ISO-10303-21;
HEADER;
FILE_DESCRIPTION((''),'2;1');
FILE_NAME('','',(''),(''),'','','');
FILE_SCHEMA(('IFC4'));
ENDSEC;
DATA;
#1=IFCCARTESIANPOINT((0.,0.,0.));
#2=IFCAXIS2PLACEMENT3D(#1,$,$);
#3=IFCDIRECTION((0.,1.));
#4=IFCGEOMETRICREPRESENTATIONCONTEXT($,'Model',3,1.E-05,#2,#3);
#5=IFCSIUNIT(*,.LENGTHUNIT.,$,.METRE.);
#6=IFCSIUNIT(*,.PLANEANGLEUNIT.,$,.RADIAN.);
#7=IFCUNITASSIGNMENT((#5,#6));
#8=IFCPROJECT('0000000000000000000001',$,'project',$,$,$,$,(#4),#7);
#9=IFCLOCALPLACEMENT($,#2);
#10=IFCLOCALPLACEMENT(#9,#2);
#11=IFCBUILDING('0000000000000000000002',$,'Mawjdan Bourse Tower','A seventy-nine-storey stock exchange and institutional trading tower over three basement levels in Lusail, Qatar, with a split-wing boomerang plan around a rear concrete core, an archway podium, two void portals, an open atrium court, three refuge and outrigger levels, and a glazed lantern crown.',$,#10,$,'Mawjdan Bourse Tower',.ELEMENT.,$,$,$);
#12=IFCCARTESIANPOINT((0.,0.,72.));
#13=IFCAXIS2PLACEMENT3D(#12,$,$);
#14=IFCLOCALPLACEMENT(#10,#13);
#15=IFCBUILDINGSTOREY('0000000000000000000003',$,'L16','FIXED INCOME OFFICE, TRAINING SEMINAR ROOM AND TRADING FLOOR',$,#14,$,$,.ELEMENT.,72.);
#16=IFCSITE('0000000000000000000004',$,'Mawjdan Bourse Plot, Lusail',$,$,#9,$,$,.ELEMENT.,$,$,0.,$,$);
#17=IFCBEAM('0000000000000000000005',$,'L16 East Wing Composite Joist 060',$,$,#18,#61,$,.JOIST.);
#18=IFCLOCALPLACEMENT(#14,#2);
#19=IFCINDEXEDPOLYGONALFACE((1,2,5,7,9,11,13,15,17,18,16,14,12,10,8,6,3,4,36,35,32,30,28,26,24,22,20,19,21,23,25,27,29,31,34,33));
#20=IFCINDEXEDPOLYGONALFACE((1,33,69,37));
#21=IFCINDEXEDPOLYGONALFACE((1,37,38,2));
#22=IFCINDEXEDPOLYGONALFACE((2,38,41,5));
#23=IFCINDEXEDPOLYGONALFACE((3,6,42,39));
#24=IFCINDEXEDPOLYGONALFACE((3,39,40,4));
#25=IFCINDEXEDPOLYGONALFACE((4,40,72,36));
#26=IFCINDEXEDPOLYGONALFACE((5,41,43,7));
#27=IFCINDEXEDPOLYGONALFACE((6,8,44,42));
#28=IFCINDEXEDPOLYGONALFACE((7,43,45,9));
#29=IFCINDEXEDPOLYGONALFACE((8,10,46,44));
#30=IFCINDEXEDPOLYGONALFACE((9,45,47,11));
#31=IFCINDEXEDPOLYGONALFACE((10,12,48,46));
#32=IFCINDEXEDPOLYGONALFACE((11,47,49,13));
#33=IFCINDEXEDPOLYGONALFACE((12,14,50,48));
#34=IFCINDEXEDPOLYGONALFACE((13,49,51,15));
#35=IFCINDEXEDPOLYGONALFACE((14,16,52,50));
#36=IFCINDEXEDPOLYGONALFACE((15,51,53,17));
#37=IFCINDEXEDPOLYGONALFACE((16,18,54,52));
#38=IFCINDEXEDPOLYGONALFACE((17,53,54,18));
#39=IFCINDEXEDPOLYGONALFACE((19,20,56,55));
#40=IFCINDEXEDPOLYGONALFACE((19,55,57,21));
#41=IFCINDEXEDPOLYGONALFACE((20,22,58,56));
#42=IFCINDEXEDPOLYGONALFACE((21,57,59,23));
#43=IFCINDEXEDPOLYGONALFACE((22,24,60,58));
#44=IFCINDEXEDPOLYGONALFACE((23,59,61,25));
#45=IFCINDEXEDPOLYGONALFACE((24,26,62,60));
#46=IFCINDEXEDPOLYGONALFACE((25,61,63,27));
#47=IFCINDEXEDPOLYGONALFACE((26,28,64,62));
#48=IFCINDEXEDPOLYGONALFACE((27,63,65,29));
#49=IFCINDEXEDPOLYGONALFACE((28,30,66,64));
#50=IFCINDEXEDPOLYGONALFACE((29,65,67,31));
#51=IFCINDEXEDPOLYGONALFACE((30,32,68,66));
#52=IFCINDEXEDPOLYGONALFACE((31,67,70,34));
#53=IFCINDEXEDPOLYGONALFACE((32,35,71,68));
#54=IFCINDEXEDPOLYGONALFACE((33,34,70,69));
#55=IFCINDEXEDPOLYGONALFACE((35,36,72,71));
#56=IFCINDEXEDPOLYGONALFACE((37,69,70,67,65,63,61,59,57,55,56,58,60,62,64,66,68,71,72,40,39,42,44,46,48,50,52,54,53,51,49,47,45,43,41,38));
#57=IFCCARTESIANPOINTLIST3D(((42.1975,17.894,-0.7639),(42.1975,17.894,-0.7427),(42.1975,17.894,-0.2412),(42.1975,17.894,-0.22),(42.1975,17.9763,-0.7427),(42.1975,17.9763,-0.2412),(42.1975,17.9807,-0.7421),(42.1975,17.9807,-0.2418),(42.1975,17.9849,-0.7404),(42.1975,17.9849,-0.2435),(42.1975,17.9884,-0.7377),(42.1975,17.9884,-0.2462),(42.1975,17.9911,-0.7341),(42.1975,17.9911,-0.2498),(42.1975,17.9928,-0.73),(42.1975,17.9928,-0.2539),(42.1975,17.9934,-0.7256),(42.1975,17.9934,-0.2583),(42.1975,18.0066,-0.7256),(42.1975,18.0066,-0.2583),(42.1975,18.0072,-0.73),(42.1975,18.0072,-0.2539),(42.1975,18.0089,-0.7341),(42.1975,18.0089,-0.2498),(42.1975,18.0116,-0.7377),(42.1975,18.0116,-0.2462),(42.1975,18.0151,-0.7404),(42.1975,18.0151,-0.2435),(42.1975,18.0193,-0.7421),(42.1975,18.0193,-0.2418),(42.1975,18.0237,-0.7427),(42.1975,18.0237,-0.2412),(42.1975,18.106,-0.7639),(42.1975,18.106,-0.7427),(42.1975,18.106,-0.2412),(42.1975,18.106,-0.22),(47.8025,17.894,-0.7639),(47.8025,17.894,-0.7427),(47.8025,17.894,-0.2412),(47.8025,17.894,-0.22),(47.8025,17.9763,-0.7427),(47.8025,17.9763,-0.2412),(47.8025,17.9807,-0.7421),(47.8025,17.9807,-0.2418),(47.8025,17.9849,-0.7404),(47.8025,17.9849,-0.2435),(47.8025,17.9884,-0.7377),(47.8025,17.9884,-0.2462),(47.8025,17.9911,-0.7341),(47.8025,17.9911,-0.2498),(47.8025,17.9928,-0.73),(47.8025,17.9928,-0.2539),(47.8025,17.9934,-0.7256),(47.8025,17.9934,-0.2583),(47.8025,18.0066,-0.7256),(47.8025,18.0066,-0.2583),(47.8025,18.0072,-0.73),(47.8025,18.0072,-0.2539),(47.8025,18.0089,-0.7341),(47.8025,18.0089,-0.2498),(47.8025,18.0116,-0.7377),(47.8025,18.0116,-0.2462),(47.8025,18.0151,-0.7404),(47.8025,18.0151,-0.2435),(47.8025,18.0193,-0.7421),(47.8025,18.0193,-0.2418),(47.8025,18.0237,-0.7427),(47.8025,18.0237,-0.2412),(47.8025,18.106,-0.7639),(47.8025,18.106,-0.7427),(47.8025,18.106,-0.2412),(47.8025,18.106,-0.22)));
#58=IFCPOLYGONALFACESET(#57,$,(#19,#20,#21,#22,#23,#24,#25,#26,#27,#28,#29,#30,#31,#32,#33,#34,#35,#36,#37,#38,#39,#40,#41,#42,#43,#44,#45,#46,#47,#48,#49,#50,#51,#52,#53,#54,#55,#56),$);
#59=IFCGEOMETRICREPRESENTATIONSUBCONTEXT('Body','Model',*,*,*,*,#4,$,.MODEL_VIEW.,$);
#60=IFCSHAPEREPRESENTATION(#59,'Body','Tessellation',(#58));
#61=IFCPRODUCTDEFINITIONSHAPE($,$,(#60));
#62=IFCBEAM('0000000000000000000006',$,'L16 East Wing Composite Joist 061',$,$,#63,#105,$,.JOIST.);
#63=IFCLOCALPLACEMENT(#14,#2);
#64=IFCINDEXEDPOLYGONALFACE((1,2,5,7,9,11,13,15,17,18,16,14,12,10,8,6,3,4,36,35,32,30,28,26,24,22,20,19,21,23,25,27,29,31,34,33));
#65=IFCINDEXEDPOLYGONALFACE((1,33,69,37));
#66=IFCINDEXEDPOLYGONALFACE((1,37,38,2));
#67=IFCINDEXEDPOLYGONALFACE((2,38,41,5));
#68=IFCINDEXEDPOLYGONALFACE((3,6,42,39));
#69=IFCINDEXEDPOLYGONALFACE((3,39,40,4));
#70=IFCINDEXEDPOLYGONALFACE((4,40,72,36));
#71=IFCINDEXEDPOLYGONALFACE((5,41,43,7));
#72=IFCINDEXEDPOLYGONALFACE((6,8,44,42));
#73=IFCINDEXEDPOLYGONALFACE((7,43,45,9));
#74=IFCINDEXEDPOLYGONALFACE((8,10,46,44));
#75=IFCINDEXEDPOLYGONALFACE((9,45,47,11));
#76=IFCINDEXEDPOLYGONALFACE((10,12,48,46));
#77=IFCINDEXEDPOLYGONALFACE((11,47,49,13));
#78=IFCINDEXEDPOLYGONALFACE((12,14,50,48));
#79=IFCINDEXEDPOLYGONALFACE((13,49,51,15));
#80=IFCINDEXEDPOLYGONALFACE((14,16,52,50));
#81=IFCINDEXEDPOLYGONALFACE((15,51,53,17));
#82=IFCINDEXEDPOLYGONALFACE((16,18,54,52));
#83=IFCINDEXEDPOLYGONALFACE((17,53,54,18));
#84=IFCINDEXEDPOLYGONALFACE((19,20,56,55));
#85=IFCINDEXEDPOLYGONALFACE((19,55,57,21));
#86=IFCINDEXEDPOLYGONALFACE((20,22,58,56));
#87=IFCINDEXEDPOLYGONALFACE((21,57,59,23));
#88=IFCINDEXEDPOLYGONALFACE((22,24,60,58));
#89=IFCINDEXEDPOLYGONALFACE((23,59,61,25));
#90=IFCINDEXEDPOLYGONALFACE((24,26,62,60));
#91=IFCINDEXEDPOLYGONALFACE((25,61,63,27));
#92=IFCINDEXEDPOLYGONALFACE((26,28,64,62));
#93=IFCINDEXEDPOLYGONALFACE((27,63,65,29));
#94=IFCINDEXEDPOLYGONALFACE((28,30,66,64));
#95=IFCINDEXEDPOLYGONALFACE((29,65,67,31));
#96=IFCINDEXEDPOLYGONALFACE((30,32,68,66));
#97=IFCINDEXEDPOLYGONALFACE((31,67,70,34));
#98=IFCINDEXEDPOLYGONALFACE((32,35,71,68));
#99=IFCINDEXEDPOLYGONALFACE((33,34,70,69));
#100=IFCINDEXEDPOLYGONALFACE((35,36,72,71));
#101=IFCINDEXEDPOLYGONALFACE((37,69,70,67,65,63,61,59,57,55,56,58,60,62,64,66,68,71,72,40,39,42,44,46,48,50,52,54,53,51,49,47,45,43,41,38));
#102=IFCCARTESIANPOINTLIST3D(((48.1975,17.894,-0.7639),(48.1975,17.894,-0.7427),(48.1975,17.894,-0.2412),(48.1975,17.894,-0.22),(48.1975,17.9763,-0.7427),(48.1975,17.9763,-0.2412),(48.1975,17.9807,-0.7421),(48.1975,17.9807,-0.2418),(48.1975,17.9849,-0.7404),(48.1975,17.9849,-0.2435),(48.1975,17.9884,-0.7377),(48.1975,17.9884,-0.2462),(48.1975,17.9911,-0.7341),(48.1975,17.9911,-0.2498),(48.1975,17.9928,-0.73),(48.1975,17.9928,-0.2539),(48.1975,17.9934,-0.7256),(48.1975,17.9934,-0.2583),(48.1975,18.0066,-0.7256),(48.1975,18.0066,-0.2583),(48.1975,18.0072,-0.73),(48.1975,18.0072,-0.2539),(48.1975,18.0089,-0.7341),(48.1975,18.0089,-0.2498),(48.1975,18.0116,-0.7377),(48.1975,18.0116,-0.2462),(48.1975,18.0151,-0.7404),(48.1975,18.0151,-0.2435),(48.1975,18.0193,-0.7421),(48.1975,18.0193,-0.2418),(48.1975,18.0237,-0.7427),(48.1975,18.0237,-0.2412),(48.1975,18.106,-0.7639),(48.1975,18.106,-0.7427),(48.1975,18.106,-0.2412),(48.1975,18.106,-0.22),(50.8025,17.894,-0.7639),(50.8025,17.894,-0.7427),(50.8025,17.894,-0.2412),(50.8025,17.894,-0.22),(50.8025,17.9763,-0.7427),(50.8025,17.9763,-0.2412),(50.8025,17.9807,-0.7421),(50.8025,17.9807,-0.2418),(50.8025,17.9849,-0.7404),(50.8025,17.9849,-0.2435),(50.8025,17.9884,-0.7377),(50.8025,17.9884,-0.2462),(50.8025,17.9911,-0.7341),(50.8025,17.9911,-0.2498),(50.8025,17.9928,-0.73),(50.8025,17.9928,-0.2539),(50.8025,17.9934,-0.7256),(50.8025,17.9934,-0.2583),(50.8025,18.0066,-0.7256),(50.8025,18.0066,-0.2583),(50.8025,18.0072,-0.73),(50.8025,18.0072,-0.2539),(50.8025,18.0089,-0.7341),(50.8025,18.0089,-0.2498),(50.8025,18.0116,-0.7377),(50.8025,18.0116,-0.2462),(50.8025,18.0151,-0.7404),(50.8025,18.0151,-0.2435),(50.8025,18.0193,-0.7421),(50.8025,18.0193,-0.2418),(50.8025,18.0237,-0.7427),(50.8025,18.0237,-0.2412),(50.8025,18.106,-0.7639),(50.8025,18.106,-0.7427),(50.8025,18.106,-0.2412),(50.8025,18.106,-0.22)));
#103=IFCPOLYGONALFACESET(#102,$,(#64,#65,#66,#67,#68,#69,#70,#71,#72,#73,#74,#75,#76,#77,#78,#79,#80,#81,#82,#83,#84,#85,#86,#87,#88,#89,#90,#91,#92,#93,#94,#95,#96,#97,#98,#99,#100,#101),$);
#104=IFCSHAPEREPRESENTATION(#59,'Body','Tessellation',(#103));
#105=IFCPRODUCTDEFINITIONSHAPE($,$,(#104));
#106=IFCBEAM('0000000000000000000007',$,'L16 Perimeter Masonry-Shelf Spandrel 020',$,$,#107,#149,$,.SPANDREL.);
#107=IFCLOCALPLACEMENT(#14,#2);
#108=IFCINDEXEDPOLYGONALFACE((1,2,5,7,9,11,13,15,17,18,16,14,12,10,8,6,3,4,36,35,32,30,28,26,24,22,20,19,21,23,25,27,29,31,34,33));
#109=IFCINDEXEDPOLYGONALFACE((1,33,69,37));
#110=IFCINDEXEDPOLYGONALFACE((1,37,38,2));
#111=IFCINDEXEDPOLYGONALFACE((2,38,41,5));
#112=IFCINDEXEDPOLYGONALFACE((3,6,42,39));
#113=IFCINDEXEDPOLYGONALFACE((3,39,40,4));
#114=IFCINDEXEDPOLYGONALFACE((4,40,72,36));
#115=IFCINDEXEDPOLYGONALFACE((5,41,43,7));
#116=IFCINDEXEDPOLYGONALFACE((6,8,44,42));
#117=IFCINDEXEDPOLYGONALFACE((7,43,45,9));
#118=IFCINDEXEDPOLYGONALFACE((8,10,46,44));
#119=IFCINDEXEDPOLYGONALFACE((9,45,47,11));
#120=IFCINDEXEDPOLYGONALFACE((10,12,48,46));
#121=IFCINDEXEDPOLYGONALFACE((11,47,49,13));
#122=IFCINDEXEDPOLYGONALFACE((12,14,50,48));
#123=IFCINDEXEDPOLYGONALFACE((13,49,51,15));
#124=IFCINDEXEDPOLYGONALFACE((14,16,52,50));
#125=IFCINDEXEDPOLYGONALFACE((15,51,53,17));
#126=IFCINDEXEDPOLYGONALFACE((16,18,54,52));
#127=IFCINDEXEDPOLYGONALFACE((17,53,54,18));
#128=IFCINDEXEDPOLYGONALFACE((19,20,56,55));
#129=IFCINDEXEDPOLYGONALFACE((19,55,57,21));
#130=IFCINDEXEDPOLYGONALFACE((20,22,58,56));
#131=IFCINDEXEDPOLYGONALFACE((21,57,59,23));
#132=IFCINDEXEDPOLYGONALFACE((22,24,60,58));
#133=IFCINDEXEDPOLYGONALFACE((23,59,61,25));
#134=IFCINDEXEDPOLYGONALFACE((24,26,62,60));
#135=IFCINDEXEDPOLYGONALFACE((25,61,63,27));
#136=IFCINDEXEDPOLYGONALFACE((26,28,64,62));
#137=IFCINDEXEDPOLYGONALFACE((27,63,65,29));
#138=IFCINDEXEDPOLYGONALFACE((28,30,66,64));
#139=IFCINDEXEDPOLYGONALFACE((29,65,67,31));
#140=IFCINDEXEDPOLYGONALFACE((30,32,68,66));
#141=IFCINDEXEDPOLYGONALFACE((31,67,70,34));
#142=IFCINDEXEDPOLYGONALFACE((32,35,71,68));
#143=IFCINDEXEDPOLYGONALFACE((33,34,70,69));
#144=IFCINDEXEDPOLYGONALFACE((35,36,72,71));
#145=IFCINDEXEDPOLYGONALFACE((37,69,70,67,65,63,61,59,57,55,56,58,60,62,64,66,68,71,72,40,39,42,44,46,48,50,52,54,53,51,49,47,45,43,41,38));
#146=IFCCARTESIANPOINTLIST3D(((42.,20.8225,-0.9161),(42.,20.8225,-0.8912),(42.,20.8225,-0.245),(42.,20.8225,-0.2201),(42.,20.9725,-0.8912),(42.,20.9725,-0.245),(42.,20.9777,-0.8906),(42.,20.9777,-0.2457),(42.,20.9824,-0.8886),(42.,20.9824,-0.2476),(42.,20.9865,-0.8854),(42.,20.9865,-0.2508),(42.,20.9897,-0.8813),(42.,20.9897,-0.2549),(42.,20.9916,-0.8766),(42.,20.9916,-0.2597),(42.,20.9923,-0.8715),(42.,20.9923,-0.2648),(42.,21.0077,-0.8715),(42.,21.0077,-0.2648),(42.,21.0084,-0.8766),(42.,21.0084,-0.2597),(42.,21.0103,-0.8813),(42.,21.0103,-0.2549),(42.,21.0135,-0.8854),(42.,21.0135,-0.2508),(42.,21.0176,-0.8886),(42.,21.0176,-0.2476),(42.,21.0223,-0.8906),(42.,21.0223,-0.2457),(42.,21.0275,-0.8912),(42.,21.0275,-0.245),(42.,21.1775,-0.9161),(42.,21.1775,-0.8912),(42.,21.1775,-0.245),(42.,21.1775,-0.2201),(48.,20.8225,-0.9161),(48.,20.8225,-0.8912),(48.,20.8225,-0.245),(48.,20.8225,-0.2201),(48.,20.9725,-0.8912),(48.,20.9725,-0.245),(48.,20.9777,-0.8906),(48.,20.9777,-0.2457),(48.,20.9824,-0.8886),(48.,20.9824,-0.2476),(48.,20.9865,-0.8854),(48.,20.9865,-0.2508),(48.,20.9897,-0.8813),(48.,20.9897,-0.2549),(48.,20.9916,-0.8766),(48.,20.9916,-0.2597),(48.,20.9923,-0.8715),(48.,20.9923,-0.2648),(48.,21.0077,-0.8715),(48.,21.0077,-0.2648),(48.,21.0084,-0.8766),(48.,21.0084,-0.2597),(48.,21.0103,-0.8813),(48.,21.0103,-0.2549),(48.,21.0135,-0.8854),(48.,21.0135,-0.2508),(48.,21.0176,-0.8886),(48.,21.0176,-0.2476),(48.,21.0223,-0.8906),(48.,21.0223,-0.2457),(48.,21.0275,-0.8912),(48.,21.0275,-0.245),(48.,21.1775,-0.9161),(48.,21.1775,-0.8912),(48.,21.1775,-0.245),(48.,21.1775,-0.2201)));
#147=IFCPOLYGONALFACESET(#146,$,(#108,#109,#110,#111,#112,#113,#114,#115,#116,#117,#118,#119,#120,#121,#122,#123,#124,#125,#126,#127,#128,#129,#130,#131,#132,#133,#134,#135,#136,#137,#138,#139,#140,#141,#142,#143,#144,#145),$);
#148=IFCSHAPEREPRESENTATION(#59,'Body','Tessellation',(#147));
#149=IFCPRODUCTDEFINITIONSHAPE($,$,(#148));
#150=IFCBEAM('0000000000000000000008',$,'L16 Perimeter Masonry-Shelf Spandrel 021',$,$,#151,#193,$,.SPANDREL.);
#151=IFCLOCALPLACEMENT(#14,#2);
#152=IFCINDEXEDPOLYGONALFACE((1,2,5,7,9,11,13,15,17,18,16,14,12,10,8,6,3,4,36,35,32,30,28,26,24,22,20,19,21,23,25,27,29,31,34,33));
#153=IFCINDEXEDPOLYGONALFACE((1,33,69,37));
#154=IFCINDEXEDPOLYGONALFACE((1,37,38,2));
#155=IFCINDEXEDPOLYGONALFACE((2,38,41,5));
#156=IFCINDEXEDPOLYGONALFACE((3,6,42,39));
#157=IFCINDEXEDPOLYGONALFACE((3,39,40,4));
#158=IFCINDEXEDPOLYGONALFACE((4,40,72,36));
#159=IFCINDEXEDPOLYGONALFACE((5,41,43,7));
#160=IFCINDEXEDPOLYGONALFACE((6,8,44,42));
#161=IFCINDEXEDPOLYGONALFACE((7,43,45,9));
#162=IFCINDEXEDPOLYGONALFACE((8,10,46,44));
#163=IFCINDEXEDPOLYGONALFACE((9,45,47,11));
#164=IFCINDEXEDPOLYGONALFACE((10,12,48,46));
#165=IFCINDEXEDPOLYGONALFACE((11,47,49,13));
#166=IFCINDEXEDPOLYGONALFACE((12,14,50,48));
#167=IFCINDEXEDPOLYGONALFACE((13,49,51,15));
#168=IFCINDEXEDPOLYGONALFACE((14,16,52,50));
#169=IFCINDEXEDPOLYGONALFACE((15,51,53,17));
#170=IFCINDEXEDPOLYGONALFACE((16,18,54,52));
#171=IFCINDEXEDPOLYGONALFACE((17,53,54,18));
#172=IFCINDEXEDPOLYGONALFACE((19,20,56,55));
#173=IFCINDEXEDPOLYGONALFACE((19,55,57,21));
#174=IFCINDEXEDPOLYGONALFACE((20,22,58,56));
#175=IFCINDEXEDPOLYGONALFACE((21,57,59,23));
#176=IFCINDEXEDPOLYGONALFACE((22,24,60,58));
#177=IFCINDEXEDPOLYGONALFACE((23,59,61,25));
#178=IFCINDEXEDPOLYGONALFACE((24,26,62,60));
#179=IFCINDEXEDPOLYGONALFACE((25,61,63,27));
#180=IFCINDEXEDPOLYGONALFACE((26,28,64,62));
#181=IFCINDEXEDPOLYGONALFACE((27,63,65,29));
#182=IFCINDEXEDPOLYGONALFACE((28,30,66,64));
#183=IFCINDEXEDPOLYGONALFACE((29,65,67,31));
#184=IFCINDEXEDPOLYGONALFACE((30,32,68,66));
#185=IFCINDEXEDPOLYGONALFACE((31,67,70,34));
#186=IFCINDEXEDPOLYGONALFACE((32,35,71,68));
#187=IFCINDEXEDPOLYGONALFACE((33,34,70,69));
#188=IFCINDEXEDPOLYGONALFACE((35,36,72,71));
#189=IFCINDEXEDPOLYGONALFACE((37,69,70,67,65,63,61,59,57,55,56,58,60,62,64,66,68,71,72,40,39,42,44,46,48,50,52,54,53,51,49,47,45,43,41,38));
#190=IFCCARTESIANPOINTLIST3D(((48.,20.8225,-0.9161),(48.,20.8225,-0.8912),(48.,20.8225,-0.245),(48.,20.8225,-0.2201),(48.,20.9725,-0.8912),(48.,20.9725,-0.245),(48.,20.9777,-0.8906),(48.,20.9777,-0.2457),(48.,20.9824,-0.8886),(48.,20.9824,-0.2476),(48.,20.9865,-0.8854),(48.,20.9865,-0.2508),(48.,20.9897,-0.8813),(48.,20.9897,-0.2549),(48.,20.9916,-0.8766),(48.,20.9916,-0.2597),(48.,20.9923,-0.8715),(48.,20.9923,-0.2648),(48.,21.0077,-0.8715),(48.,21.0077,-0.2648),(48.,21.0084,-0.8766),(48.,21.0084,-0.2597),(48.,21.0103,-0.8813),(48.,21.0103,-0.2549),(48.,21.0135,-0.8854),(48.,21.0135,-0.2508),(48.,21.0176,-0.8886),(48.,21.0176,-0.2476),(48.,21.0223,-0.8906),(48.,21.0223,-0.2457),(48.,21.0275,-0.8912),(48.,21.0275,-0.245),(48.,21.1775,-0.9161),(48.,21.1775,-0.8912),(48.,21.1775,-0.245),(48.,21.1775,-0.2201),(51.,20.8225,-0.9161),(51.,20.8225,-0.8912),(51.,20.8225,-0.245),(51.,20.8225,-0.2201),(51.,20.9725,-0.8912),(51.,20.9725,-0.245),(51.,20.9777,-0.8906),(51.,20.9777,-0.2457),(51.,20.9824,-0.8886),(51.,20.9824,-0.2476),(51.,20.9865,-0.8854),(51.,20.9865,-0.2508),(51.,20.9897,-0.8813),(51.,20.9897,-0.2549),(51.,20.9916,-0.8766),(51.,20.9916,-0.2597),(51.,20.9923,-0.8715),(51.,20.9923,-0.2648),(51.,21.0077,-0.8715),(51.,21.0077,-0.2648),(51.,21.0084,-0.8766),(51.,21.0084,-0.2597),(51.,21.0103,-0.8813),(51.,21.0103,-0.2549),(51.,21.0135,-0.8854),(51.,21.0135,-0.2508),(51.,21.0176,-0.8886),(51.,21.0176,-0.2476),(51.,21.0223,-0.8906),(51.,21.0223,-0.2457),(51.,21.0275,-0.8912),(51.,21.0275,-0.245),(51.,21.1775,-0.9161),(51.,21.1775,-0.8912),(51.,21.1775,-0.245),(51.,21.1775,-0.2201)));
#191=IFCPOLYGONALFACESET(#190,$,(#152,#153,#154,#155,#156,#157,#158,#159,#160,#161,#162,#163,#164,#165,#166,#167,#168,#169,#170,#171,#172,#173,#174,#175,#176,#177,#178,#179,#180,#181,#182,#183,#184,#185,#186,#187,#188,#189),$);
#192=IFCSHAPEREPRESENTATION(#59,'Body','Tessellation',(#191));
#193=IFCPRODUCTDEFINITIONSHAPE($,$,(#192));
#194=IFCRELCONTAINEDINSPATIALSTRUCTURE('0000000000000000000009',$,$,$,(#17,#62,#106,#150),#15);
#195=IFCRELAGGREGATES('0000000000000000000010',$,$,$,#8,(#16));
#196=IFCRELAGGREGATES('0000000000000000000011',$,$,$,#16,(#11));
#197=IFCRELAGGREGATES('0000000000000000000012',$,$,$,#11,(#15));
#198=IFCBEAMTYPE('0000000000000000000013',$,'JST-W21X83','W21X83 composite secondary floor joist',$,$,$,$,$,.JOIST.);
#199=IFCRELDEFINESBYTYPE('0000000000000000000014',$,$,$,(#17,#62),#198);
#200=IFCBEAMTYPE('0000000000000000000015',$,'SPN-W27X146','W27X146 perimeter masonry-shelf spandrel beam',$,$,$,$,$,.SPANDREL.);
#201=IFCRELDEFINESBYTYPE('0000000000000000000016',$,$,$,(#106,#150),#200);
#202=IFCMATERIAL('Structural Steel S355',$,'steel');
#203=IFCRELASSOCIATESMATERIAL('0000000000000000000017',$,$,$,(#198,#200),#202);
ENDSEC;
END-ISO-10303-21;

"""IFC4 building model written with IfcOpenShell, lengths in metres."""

from ifc_helpers import new_model, si_unit, direction, frame, origin, origin_2d, place, context, subcontext, project, spatial, i_section, extrude, material, material_profile, profile_set, type_object, element, save


model = new_model("IFC4")

# Units and contexts
model_context = context("Model", 3, precision=1e-05, world=origin(), true_north=direction((0.0, 1.0)))
body_context = subcontext(model_context, "Body", "Model", "MODEL_VIEW")
ifc_project = project(units=[si_unit("LENGTHUNIT", "METRE"), si_unit("PLANEANGLEUNIT", "RADIAN")], contexts=[model_context])

# Site, building, storey
site_placement = place(None, origin())
site = spatial("IfcSite", under=ifc_project, at=site_placement, Name="Mawjdan Bourse Plot, Lusail", CompositionType="ELEMENT", RefElevation=0.0)
building_placement = place(site_placement, origin())
building = spatial("IfcBuilding", under=site, at=building_placement, Name="Mawjdan Bourse Tower", Description="A seventy-nine-storey stock exchange and institutional trading tower over three basement levels in Lusail, Qatar, with a split-wing boomerang plan around a rear concrete core, an archway podium, two void portals, an open atrium court, three refuge and outrigger levels, and a glazed lantern crown.", LongName="Mawjdan Bourse Tower", CompositionType="ELEMENT")
storey_placement = place(building_placement, frame((0.0, 0.0, 72.0)))
storey = spatial("IfcBuildingStorey", under=building, at=storey_placement, Name="L16", Description="FIXED INCOME OFFICE, TRAINING SEMINAR ROOM AND TRADING FLOOR", CompositionType="ELEMENT", Elevation=72.0)

# Beams
ifc_material_1 = material(Name="Structural Steel S355", Category="steel")
ifc_material_profile_1 = material_profile(ifc_material_1, i_section(OverallWidth=0.2119, OverallDepth=0.5439, WebThickness=0.0132, FlangeThickness=0.0212, FilletRadius=0.0171, at=origin_2d()), Name="W21X83")
ifc_profile_set_1 = profile_set([ifc_material_profile_1], Name="Structural Steel S355")
beam_type_1 = type_object("IfcBeamType", Name="JST-W21X83", Description="W21X83 composite secondary floor joist", PredefinedType="JOIST", material=ifc_profile_set_1)
beam_1_placement = place(storey_placement, frame((42.1975, 18.0, -0.4919), z_axis=(1.0, 0.0, 0.0), x_axis=(0.0, 1.0, 0.0)))
element("IfcBeam", 1, at=beam_1_placement, inside=storey, type_object=beam_type_1, Name="L16 East Wing Composite Joist 060", PredefinedType="JOIST", context=body_context, shape_type="SweptSolid", body=[
    extrude(i_section(OverallWidth=0.2119, OverallDepth=0.5439, WebThickness=0.0132, FlangeThickness=0.0212, FilletRadius=0.0171, at=origin_2d()), origin(), (0.0, 0.0, 1.0), 5.605),
])
beam_2_placement = place(storey_placement, frame((48.1975, 18.0, -0.4919), z_axis=(1.0, 0.0, 0.0), x_axis=(0.0, 1.0, 0.0)))
element("IfcBeam", 2, at=beam_2_placement, inside=storey, type_object=beam_type_1, Name="L16 East Wing Composite Joist 061", PredefinedType="JOIST", context=body_context, shape_type="SweptSolid", body=[
    extrude(i_section(OverallWidth=0.2119, OverallDepth=0.5439, WebThickness=0.0132, FlangeThickness=0.0212, FilletRadius=0.0171, at=origin_2d()), origin(), (0.0, 0.0, 1.0), 2.605),
])
ifc_material_profile_2 = material_profile(ifc_material_1, i_section(OverallWidth=0.355, OverallDepth=0.696, WebThickness=0.0154, FlangeThickness=0.0249, FilletRadius=0.0198, at=origin_2d()), Name="W27X146")
ifc_profile_set_2 = profile_set([ifc_material_profile_2], Name="Structural Steel S355")
beam_type_2 = type_object("IfcBeamType", Name="SPN-W27X146", Description="W27X146 perimeter masonry-shelf spandrel beam", PredefinedType="SPANDREL", material=ifc_profile_set_2)
beam_3_placement = place(storey_placement, frame((42.0, 21.0, -0.5681), z_axis=(1.0, 0.0, 0.0), x_axis=(0.0, 1.0, 0.0)))
element("IfcBeam", 3, at=beam_3_placement, inside=storey, type_object=beam_type_2, Name="L16 Perimeter Masonry-Shelf Spandrel 020", PredefinedType="SPANDREL", context=body_context, shape_type="SweptSolid", body=[
    extrude(i_section(OverallWidth=0.355, OverallDepth=0.696, WebThickness=0.0154, FlangeThickness=0.0249, FilletRadius=0.0198, at=origin_2d()), origin(), (0.0, 0.0, 1.0), 6.0),
])
for number, where, z_axis, x_axis, name in (
    (4, (48.0, 21.0, -0.5681), (1.0, 0.0, 0.0), (0.0, 1.0, 0.0), "L16 Perimeter Masonry-Shelf Spandrel 021"),
):
    element("IfcBeam", number, at=place(storey_placement, frame(where, z_axis=z_axis, x_axis=x_axis)), inside=storey, type_object=beam_type_2, Name=name, PredefinedType="SPANDREL", context=body_context, shape_type="SweptSolid", body=[
        extrude(i_section(OverallWidth=0.355, OverallDepth=0.696, WebThickness=0.0154, FlangeThickness=0.0249, FilletRadius=0.0198, at=origin_2d()), origin(), (0.0, 0.0, 1.0), 3.0),
    ])

save(model, "model.ifc")
